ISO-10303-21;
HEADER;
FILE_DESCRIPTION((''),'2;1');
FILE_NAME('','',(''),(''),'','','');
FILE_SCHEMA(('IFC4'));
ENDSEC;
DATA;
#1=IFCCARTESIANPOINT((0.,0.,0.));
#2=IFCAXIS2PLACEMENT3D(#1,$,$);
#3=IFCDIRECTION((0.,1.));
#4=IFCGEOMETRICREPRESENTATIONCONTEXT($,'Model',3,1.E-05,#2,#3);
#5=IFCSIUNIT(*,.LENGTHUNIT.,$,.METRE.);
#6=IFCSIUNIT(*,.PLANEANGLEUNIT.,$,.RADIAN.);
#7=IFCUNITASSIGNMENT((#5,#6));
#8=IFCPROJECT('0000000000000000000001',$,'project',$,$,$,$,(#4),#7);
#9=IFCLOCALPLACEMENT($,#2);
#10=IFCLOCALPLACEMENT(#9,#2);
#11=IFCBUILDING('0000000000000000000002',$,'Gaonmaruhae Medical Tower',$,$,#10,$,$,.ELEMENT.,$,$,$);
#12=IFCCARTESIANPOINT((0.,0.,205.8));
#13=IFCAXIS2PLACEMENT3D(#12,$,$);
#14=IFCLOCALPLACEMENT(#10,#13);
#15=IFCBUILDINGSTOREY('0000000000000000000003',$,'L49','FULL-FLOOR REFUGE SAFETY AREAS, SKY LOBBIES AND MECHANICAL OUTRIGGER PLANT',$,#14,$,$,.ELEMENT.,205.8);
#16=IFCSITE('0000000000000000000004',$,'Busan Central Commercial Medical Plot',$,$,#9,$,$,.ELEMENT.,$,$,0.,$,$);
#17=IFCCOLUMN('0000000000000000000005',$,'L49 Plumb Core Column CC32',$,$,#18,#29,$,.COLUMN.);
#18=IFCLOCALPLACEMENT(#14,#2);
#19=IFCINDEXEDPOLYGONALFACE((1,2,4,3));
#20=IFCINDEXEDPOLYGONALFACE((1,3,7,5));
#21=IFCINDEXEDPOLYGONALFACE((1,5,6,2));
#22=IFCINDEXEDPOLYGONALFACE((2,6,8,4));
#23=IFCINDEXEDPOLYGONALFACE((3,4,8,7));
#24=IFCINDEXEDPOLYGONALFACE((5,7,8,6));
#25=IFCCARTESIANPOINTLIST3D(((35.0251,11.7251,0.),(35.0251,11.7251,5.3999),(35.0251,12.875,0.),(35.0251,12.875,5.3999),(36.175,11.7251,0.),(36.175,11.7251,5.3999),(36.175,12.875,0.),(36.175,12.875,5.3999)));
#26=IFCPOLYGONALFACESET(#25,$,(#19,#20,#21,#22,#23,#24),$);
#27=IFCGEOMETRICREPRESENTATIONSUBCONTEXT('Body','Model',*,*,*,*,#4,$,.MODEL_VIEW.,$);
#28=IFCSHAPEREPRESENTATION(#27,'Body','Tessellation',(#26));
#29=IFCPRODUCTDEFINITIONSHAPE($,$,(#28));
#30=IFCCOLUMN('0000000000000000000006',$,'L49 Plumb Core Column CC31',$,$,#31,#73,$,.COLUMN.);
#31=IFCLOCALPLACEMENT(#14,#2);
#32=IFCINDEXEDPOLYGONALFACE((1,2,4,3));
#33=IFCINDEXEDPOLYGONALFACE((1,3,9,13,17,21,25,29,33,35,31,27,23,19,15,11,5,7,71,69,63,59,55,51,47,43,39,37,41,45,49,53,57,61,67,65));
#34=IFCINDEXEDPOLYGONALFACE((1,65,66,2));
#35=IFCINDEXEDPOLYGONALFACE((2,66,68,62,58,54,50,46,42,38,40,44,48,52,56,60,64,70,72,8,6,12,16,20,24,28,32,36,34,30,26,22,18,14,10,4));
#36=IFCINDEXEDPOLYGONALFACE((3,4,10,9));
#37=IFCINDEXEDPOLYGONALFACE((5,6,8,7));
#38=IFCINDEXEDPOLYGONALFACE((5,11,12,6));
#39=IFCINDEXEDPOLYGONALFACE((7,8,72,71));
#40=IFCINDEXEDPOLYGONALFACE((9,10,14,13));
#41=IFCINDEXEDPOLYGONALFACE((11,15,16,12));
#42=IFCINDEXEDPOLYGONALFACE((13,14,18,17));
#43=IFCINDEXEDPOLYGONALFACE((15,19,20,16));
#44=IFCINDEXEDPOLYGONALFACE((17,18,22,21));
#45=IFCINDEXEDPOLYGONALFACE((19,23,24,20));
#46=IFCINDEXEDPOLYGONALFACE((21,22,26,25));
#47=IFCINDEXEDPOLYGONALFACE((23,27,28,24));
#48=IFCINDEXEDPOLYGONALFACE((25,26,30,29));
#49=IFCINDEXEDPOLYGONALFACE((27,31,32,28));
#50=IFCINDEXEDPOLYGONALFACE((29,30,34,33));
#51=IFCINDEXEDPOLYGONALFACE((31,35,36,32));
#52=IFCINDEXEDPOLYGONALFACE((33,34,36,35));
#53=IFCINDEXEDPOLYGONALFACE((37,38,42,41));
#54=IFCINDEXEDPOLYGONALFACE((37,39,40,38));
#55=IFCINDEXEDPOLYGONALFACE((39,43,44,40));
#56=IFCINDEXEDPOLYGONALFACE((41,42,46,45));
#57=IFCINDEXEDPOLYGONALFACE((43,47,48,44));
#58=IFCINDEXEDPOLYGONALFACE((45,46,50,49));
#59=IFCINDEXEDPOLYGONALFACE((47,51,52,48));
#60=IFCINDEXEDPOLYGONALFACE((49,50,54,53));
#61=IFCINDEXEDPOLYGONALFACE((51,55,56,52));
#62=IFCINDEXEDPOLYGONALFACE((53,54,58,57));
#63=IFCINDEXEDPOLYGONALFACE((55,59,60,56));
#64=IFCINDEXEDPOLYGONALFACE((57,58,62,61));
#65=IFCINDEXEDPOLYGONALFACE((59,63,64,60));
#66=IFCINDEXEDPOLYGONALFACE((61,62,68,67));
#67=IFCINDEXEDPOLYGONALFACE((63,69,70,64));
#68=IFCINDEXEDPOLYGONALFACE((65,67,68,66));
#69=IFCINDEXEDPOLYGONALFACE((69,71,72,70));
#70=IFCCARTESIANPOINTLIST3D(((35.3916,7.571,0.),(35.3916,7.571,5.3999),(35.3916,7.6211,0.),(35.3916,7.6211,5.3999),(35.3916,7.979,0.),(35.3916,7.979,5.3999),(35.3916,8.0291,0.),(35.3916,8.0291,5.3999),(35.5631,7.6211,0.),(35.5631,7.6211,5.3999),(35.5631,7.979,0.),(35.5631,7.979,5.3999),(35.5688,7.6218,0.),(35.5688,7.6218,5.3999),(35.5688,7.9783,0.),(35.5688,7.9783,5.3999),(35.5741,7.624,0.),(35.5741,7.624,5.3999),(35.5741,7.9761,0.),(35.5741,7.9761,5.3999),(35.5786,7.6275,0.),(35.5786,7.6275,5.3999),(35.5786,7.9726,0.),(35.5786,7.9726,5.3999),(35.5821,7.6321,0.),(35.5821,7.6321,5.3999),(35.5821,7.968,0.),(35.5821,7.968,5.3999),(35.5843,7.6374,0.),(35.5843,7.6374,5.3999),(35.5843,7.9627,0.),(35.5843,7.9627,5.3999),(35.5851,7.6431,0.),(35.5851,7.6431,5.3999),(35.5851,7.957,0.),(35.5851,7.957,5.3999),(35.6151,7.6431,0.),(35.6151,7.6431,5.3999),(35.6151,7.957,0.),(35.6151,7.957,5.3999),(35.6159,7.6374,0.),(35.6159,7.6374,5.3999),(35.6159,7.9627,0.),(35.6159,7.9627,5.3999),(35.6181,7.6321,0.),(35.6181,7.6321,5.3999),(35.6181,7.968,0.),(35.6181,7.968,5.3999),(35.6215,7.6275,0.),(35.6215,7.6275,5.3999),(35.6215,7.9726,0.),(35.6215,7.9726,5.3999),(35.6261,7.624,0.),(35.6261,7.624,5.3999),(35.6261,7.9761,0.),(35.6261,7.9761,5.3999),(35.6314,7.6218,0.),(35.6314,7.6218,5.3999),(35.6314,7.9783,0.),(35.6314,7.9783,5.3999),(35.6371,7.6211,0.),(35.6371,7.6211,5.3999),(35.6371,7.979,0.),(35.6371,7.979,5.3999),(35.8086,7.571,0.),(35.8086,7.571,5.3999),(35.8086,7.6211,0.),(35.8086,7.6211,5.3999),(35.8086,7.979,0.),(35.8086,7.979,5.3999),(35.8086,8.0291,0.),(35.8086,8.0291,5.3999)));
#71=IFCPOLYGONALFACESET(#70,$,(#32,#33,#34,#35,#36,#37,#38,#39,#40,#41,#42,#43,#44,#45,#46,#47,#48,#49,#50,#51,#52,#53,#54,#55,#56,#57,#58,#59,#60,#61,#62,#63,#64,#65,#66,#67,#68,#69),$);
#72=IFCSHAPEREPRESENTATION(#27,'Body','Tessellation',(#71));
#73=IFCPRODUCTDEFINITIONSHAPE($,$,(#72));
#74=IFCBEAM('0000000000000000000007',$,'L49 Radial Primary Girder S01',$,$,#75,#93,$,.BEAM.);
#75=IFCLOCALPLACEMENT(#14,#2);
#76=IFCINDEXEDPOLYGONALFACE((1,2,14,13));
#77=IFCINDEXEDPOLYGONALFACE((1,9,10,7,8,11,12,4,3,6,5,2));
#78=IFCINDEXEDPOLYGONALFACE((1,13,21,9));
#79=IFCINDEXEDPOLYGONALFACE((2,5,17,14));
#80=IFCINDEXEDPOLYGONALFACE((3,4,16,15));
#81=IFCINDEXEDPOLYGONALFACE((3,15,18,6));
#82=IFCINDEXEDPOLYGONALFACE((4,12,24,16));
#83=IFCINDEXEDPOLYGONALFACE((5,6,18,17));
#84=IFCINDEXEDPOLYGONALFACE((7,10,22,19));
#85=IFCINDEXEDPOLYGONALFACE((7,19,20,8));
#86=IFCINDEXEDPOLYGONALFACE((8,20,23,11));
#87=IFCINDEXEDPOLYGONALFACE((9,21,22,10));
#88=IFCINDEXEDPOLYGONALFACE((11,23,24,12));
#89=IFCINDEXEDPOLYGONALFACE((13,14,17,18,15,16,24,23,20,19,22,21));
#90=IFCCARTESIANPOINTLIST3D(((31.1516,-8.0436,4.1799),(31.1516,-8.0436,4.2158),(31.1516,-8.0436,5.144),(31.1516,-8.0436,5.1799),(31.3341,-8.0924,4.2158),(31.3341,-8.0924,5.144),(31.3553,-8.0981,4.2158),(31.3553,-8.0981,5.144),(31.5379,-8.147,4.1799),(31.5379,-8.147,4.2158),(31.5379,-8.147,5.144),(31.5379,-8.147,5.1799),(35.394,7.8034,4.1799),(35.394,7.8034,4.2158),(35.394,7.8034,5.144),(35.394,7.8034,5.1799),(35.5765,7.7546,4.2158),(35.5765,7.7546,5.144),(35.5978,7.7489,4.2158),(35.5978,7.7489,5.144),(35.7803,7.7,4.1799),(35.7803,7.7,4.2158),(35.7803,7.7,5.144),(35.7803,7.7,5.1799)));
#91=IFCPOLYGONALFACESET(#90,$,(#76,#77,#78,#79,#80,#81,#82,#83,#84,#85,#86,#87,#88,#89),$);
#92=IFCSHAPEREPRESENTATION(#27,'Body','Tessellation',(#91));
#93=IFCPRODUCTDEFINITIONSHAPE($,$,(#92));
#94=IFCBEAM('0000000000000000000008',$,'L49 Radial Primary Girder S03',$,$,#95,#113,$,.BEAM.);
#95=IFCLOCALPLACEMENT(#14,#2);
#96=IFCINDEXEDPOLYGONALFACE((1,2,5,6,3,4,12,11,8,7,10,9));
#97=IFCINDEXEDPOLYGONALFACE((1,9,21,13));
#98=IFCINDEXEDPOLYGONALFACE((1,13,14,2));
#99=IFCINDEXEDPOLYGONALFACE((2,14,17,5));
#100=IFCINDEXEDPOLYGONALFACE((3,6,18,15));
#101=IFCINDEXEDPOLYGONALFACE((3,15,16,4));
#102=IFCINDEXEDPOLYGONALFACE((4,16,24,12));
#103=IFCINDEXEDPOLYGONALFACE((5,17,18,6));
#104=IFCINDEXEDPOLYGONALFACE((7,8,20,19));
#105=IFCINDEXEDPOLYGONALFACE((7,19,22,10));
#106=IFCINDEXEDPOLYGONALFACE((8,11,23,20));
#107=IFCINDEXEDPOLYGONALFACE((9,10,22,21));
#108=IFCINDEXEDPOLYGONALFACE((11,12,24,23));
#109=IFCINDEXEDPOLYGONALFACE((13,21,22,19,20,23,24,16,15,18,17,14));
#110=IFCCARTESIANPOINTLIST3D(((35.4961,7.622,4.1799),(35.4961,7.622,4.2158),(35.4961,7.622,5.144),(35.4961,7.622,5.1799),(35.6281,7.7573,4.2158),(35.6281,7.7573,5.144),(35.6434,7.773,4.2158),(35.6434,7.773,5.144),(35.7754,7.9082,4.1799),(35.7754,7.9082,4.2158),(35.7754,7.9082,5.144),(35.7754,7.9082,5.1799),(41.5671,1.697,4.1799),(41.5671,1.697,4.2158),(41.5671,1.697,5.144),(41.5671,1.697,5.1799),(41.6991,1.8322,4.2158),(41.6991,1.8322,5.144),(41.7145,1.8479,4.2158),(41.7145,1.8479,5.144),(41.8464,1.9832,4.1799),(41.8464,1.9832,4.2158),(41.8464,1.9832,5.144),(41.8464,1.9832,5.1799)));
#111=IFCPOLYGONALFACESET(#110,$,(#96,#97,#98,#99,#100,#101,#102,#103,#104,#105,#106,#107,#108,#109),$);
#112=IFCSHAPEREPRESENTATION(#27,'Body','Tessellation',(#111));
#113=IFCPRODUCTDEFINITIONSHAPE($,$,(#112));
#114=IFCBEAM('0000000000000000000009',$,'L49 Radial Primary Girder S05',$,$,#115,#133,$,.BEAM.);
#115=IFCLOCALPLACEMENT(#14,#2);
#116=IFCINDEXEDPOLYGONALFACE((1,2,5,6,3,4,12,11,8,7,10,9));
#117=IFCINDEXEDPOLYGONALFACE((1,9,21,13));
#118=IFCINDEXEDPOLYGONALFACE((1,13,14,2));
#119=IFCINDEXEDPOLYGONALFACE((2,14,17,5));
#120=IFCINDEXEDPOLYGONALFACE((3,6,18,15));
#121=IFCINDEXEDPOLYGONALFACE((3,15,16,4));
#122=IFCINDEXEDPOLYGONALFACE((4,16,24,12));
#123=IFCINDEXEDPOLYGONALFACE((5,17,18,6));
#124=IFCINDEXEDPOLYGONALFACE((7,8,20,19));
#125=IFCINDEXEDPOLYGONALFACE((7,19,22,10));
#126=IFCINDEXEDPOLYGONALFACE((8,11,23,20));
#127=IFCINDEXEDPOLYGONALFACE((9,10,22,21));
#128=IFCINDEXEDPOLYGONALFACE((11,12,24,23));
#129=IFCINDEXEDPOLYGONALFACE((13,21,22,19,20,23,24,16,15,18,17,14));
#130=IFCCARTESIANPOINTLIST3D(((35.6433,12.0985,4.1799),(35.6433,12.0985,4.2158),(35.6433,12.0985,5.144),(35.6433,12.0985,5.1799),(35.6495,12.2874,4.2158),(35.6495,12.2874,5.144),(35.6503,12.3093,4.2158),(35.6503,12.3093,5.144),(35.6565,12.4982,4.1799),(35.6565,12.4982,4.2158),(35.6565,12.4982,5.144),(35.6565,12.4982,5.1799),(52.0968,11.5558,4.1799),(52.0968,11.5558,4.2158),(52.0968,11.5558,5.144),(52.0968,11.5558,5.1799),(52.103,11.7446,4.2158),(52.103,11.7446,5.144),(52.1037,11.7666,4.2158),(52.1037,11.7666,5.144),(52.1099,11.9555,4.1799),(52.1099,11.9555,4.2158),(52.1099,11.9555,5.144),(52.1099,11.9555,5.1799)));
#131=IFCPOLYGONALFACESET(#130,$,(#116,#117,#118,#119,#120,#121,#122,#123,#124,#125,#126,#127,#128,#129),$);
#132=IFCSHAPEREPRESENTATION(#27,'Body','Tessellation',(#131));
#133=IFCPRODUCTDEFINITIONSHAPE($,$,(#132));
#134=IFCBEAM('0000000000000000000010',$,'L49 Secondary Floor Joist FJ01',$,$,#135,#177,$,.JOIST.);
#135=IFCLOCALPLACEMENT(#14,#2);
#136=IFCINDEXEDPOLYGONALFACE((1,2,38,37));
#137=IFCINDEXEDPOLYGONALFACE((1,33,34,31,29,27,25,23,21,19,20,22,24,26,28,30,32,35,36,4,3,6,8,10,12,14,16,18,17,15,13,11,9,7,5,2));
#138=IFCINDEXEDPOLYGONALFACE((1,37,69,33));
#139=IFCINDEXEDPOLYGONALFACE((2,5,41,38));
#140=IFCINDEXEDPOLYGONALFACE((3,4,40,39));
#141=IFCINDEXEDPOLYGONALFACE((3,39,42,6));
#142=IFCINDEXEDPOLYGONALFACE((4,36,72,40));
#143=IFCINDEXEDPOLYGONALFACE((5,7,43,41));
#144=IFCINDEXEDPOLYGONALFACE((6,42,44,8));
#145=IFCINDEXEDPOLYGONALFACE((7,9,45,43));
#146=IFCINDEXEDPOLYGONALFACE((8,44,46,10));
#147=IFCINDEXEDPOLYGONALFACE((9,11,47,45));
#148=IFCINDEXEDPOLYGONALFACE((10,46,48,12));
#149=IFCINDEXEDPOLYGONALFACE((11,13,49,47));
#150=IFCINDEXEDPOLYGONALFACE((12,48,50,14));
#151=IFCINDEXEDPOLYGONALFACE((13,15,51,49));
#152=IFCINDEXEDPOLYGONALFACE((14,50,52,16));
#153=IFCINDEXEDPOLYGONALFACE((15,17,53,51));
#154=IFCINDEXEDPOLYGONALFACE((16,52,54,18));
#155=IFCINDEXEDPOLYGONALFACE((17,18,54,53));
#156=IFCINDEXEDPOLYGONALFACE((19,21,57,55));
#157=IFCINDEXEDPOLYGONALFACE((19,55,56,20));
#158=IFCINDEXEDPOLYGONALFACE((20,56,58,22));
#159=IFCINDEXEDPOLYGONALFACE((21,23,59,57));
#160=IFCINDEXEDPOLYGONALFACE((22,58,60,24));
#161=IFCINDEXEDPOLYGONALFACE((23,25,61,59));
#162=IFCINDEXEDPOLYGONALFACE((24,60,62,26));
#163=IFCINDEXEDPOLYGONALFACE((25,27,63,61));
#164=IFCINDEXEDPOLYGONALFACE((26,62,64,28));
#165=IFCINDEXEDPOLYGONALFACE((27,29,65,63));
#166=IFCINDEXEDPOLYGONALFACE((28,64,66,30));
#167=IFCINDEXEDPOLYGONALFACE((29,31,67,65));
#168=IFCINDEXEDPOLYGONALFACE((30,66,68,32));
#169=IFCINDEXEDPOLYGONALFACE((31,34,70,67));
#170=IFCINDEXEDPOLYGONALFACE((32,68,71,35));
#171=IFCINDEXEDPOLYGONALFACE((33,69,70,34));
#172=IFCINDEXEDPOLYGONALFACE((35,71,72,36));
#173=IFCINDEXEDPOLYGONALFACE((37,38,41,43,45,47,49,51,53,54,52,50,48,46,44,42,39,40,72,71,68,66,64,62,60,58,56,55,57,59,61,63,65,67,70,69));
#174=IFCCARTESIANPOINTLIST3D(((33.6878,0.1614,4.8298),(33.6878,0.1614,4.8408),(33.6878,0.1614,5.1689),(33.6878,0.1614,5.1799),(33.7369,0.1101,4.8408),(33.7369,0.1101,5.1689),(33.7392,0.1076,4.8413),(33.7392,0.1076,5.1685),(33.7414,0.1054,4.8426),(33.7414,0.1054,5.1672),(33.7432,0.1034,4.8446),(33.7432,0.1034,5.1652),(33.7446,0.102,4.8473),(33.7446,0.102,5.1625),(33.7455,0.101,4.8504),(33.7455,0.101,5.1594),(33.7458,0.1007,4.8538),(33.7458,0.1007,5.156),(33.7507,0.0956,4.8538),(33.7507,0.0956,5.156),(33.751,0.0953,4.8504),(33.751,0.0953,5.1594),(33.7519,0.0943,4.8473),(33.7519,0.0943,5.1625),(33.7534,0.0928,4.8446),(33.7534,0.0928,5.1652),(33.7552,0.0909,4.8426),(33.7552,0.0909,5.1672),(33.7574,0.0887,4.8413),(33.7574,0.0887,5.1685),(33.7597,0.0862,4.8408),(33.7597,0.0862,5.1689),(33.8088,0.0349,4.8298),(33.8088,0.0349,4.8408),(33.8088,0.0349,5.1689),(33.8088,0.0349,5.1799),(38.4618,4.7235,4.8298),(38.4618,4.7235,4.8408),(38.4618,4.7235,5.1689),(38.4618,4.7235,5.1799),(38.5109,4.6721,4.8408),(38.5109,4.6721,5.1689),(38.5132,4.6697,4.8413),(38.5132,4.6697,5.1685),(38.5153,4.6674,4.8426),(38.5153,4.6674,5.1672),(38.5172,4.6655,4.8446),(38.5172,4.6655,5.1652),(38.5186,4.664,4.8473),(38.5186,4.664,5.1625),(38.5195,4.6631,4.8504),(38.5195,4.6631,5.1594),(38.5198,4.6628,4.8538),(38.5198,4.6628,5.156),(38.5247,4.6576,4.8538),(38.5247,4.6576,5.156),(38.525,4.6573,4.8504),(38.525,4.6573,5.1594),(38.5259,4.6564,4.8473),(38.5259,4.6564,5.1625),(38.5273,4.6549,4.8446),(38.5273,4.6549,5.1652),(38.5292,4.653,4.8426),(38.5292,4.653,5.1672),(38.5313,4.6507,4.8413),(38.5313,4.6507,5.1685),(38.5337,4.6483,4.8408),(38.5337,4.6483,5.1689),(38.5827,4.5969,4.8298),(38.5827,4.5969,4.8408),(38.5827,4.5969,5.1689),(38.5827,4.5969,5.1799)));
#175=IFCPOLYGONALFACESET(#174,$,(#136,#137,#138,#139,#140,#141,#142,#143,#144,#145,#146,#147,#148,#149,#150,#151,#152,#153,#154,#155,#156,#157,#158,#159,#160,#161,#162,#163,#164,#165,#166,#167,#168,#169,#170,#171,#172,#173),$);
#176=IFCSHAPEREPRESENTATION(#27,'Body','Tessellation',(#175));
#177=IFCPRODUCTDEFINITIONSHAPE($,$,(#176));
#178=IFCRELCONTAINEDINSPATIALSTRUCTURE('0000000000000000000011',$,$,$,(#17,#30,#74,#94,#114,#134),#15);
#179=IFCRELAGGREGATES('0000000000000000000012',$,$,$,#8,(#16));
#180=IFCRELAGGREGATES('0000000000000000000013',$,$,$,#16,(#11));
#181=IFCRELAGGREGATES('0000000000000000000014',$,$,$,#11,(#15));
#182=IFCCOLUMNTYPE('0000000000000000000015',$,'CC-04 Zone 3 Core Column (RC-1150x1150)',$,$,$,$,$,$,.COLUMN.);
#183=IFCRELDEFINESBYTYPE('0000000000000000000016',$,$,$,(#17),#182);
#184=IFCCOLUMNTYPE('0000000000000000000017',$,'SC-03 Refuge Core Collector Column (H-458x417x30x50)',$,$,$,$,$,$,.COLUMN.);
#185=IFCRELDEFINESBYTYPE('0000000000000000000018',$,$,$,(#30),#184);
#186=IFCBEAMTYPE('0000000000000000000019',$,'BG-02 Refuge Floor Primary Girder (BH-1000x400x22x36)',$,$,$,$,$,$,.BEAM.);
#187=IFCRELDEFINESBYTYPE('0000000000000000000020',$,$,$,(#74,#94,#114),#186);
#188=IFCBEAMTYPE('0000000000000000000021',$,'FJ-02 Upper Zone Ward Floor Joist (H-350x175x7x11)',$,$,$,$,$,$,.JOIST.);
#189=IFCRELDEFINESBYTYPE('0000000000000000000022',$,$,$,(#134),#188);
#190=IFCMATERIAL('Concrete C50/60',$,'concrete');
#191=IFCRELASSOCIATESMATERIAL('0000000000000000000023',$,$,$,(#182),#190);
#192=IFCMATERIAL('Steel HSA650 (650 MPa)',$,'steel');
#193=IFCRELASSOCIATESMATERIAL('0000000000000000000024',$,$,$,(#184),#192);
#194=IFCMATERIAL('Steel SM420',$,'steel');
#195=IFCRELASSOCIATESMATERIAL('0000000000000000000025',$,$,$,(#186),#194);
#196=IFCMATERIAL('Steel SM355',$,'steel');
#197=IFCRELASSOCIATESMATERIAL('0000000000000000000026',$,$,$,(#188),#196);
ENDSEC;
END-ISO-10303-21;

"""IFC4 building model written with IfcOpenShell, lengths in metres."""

from ifc_helpers import new_model, si_unit, direction, frame, origin, origin_2d, place, context, subcontext, project, spatial, rectangle, i_section, extrude, material, material_profile, profile_set, type_object, element, save


model = new_model("IFC4")

# Units and contexts
model_context = context("Model", 3, precision=1e-05, world=origin(), true_north=direction((0.0, 1.0)))
body_context = subcontext(model_context, "Body", "Model", "MODEL_VIEW")
ifc_project = project(units=[si_unit("LENGTHUNIT", "METRE"), si_unit("PLANEANGLEUNIT", "RADIAN")], contexts=[model_context])

# Site, building, storey
site_placement = place(None, origin())
site = spatial("IfcSite", under=ifc_project, at=site_placement, Name="Busan Central Commercial Medical Plot", CompositionType="ELEMENT", RefElevation=0.0)
building_placement = place(site_placement, origin())
building = spatial("IfcBuilding", under=site, at=building_placement, Name="Gaonmaruhae Medical Tower", CompositionType="ELEMENT")
storey_placement = place(building_placement, frame((0.0, 0.0, 205.8)))
storey = spatial("IfcBuildingStorey", under=building, at=storey_placement, Name="L49", Description="FULL-FLOOR REFUGE SAFETY AREAS, SKY LOBBIES AND MECHANICAL OUTRIGGER PLANT", CompositionType="ELEMENT", Elevation=205.8)

# Columns
ifc_material_1 = material(Name="Concrete C50/60", Category="concrete")
ifc_material_profile_1 = material_profile(ifc_material_1, rectangle(XDim=1.1499, YDim=1.1499, at=origin_2d()), Name="RC-1150x1150")
ifc_profile_set_1 = profile_set([ifc_material_profile_1], Name="Concrete C50/60")
column_type_1 = type_object("IfcColumnType", Name="CC-04 Zone 3 Core Column (RC-1150x1150)", PredefinedType="COLUMN", material=ifc_profile_set_1)
column_1_placement = place(storey_placement, frame((35.6001, 12.3, 0.0), z_axis=(0.0, 0.0, 1.0), x_axis=(1.0, 0.0, 0.0)))
element("IfcColumn", 1, at=column_1_placement, inside=storey, type_object=column_type_1, Name="L49 Plumb Core Column CC32", PredefinedType="COLUMN", context=body_context, shape_type="SweptSolid", body=[
    extrude(rectangle(XDim=1.1499, YDim=1.1499, at=origin_2d()), origin(), (0.0, 0.0, 1.0), 5.3999),
])
ifc_material_2 = material(Name="Steel HSA650 (650 MPa)", Category="steel")
ifc_material_profile_2 = material_profile(ifc_material_2, i_section(OverallWidth=0.417, OverallDepth=0.458, WebThickness=0.03, FlangeThickness=0.05, FilletRadius=0.022, at=origin_2d()), Name="H-458x417x30x50")
ifc_profile_set_2 = profile_set([ifc_material_profile_2], Name="Steel HSA650 (650 MPa)")
column_type_2 = type_object("IfcColumnType", Name="SC-03 Refuge Core Collector Column (H-458x417x30x50)", PredefinedType="COLUMN", material=ifc_profile_set_2)
column_2_placement = place(storey_placement, frame((35.6001, 7.8, 0.0), z_axis=(0.0, 0.0, 1.0), x_axis=(1.0, 0.0, 0.0)))
element("IfcColumn", 2, at=column_2_placement, inside=storey, type_object=column_type_2, Name="L49 Plumb Core Column CC31", PredefinedType="COLUMN", context=body_context, shape_type="SweptSolid", body=[
    extrude(i_section(OverallWidth=0.417, OverallDepth=0.458, WebThickness=0.03, FlangeThickness=0.05, FilletRadius=0.022, at=origin_2d()), origin(), (0.0, 0.0, 1.0), 5.3999),
])

# Beams
ifc_material_3 = material(Name="Steel SM420", Category="steel")
ifc_material_profile_3 = material_profile(ifc_material_3, i_section(OverallWidth=0.3999, OverallDepth=1.0, WebThickness=0.022, FlangeThickness=0.0359, at=origin_2d()), Name="BH-1000x400x22x36")
ifc_profile_set_3 = profile_set([ifc_material_profile_3], Name="Steel SM420")
beam_type_1 = type_object("IfcBeamType", Name="BG-02 Refuge Floor Primary Girder (BH-1000x400x22x36)", PredefinedType="BEAM", material=ifc_profile_set_3)
beam_1_placement = place(storey_placement, frame((35.5872, 7.7517, 4.6799), z_axis=(-0.258606, -0.965983, 0.0), x_axis=(0.965983, -0.258606, 0.0)))
element("IfcBeam", 3, at=beam_1_placement, inside=storey, type_object=beam_type_1, Name="L49 Radial Primary Girder S01", PredefinedType="BEAM", context=body_context, shape_type="SweptSolid", body=[
    extrude(i_section(OverallWidth=0.3999, OverallDepth=1.0, WebThickness=0.022, FlangeThickness=0.0359, at=origin_2d()), origin(), (0.0, 0.0, 1.0), 16.405),
])
beam_2_placement = place(storey_placement, frame((35.6357, 7.7651, 4.6799), z_axis=(0.715659, -0.698449, 0.0), x_axis=(0.698449, 0.715659, 0.0)))
element("IfcBeam", 4, at=beam_2_placement, inside=storey, type_object=beam_type_1, Name="L49 Radial Primary Girder S03", PredefinedType="BEAM", context=body_context, shape_type="SweptSolid", body=[
    extrude(i_section(OverallWidth=0.3999, OverallDepth=1.0, WebThickness=0.022, FlangeThickness=0.0359, at=origin_2d()), origin(), (0.0, 0.0, 1.0), 8.4832),
])
beam_3_placement = place(storey_placement, frame((35.6499, 12.2983, 4.6799), z_axis=(0.999456, -0.032968, 0.0), x_axis=(0.032968, 0.999456, 0.0)))
element("IfcBeam", 5, at=beam_3_placement, inside=storey, type_object=beam_type_1, Name="L49 Radial Primary Girder S05", PredefinedType="BEAM", context=body_context, shape_type="SweptSolid", body=[
    extrude(i_section(OverallWidth=0.3999, OverallDepth=1.0, WebThickness=0.022, FlangeThickness=0.0359, at=origin_2d()), origin(), (0.0, 0.0, 1.0), 16.4624),
])
ifc_material_4 = material(Name="Steel SM355", Category="steel")
ifc_material_profile_4 = material_profile(ifc_material_4, i_section(OverallWidth=0.175, OverallDepth=0.3501, WebThickness=0.0071, FlangeThickness=0.011, FilletRadius=0.0129, at=origin_2d()), Name="H-350x175x7x11")
ifc_profile_set_4 = profile_set([ifc_material_profile_4], Name="Steel SM355")
beam_type_2 = type_object("IfcBeamType", Name="FJ-02 Upper Zone Ward Floor Joist (H-350x175x7x11)", PredefinedType="JOIST", material=ifc_profile_set_4)
beam_4_placement = place(storey_placement, frame((33.7483, 0.0981, 5.0049), z_axis=(0.722971, 0.690878, 0.0), x_axis=(-0.690878, 0.722971, 0.0)))
element("IfcBeam", 6, at=beam_4_placement, inside=storey, type_object=beam_type_2, Name="L49 Secondary Floor Joist FJ01", PredefinedType="JOIST", context=body_context, shape_type="SweptSolid", body=[
    extrude(i_section(OverallWidth=0.175, OverallDepth=0.3501, WebThickness=0.0071, FlangeThickness=0.011, FilletRadius=0.0129, at=origin_2d()), origin(), (0.0, 0.0, 1.0), 6.6033),
])

save(model, "model.ifc")
